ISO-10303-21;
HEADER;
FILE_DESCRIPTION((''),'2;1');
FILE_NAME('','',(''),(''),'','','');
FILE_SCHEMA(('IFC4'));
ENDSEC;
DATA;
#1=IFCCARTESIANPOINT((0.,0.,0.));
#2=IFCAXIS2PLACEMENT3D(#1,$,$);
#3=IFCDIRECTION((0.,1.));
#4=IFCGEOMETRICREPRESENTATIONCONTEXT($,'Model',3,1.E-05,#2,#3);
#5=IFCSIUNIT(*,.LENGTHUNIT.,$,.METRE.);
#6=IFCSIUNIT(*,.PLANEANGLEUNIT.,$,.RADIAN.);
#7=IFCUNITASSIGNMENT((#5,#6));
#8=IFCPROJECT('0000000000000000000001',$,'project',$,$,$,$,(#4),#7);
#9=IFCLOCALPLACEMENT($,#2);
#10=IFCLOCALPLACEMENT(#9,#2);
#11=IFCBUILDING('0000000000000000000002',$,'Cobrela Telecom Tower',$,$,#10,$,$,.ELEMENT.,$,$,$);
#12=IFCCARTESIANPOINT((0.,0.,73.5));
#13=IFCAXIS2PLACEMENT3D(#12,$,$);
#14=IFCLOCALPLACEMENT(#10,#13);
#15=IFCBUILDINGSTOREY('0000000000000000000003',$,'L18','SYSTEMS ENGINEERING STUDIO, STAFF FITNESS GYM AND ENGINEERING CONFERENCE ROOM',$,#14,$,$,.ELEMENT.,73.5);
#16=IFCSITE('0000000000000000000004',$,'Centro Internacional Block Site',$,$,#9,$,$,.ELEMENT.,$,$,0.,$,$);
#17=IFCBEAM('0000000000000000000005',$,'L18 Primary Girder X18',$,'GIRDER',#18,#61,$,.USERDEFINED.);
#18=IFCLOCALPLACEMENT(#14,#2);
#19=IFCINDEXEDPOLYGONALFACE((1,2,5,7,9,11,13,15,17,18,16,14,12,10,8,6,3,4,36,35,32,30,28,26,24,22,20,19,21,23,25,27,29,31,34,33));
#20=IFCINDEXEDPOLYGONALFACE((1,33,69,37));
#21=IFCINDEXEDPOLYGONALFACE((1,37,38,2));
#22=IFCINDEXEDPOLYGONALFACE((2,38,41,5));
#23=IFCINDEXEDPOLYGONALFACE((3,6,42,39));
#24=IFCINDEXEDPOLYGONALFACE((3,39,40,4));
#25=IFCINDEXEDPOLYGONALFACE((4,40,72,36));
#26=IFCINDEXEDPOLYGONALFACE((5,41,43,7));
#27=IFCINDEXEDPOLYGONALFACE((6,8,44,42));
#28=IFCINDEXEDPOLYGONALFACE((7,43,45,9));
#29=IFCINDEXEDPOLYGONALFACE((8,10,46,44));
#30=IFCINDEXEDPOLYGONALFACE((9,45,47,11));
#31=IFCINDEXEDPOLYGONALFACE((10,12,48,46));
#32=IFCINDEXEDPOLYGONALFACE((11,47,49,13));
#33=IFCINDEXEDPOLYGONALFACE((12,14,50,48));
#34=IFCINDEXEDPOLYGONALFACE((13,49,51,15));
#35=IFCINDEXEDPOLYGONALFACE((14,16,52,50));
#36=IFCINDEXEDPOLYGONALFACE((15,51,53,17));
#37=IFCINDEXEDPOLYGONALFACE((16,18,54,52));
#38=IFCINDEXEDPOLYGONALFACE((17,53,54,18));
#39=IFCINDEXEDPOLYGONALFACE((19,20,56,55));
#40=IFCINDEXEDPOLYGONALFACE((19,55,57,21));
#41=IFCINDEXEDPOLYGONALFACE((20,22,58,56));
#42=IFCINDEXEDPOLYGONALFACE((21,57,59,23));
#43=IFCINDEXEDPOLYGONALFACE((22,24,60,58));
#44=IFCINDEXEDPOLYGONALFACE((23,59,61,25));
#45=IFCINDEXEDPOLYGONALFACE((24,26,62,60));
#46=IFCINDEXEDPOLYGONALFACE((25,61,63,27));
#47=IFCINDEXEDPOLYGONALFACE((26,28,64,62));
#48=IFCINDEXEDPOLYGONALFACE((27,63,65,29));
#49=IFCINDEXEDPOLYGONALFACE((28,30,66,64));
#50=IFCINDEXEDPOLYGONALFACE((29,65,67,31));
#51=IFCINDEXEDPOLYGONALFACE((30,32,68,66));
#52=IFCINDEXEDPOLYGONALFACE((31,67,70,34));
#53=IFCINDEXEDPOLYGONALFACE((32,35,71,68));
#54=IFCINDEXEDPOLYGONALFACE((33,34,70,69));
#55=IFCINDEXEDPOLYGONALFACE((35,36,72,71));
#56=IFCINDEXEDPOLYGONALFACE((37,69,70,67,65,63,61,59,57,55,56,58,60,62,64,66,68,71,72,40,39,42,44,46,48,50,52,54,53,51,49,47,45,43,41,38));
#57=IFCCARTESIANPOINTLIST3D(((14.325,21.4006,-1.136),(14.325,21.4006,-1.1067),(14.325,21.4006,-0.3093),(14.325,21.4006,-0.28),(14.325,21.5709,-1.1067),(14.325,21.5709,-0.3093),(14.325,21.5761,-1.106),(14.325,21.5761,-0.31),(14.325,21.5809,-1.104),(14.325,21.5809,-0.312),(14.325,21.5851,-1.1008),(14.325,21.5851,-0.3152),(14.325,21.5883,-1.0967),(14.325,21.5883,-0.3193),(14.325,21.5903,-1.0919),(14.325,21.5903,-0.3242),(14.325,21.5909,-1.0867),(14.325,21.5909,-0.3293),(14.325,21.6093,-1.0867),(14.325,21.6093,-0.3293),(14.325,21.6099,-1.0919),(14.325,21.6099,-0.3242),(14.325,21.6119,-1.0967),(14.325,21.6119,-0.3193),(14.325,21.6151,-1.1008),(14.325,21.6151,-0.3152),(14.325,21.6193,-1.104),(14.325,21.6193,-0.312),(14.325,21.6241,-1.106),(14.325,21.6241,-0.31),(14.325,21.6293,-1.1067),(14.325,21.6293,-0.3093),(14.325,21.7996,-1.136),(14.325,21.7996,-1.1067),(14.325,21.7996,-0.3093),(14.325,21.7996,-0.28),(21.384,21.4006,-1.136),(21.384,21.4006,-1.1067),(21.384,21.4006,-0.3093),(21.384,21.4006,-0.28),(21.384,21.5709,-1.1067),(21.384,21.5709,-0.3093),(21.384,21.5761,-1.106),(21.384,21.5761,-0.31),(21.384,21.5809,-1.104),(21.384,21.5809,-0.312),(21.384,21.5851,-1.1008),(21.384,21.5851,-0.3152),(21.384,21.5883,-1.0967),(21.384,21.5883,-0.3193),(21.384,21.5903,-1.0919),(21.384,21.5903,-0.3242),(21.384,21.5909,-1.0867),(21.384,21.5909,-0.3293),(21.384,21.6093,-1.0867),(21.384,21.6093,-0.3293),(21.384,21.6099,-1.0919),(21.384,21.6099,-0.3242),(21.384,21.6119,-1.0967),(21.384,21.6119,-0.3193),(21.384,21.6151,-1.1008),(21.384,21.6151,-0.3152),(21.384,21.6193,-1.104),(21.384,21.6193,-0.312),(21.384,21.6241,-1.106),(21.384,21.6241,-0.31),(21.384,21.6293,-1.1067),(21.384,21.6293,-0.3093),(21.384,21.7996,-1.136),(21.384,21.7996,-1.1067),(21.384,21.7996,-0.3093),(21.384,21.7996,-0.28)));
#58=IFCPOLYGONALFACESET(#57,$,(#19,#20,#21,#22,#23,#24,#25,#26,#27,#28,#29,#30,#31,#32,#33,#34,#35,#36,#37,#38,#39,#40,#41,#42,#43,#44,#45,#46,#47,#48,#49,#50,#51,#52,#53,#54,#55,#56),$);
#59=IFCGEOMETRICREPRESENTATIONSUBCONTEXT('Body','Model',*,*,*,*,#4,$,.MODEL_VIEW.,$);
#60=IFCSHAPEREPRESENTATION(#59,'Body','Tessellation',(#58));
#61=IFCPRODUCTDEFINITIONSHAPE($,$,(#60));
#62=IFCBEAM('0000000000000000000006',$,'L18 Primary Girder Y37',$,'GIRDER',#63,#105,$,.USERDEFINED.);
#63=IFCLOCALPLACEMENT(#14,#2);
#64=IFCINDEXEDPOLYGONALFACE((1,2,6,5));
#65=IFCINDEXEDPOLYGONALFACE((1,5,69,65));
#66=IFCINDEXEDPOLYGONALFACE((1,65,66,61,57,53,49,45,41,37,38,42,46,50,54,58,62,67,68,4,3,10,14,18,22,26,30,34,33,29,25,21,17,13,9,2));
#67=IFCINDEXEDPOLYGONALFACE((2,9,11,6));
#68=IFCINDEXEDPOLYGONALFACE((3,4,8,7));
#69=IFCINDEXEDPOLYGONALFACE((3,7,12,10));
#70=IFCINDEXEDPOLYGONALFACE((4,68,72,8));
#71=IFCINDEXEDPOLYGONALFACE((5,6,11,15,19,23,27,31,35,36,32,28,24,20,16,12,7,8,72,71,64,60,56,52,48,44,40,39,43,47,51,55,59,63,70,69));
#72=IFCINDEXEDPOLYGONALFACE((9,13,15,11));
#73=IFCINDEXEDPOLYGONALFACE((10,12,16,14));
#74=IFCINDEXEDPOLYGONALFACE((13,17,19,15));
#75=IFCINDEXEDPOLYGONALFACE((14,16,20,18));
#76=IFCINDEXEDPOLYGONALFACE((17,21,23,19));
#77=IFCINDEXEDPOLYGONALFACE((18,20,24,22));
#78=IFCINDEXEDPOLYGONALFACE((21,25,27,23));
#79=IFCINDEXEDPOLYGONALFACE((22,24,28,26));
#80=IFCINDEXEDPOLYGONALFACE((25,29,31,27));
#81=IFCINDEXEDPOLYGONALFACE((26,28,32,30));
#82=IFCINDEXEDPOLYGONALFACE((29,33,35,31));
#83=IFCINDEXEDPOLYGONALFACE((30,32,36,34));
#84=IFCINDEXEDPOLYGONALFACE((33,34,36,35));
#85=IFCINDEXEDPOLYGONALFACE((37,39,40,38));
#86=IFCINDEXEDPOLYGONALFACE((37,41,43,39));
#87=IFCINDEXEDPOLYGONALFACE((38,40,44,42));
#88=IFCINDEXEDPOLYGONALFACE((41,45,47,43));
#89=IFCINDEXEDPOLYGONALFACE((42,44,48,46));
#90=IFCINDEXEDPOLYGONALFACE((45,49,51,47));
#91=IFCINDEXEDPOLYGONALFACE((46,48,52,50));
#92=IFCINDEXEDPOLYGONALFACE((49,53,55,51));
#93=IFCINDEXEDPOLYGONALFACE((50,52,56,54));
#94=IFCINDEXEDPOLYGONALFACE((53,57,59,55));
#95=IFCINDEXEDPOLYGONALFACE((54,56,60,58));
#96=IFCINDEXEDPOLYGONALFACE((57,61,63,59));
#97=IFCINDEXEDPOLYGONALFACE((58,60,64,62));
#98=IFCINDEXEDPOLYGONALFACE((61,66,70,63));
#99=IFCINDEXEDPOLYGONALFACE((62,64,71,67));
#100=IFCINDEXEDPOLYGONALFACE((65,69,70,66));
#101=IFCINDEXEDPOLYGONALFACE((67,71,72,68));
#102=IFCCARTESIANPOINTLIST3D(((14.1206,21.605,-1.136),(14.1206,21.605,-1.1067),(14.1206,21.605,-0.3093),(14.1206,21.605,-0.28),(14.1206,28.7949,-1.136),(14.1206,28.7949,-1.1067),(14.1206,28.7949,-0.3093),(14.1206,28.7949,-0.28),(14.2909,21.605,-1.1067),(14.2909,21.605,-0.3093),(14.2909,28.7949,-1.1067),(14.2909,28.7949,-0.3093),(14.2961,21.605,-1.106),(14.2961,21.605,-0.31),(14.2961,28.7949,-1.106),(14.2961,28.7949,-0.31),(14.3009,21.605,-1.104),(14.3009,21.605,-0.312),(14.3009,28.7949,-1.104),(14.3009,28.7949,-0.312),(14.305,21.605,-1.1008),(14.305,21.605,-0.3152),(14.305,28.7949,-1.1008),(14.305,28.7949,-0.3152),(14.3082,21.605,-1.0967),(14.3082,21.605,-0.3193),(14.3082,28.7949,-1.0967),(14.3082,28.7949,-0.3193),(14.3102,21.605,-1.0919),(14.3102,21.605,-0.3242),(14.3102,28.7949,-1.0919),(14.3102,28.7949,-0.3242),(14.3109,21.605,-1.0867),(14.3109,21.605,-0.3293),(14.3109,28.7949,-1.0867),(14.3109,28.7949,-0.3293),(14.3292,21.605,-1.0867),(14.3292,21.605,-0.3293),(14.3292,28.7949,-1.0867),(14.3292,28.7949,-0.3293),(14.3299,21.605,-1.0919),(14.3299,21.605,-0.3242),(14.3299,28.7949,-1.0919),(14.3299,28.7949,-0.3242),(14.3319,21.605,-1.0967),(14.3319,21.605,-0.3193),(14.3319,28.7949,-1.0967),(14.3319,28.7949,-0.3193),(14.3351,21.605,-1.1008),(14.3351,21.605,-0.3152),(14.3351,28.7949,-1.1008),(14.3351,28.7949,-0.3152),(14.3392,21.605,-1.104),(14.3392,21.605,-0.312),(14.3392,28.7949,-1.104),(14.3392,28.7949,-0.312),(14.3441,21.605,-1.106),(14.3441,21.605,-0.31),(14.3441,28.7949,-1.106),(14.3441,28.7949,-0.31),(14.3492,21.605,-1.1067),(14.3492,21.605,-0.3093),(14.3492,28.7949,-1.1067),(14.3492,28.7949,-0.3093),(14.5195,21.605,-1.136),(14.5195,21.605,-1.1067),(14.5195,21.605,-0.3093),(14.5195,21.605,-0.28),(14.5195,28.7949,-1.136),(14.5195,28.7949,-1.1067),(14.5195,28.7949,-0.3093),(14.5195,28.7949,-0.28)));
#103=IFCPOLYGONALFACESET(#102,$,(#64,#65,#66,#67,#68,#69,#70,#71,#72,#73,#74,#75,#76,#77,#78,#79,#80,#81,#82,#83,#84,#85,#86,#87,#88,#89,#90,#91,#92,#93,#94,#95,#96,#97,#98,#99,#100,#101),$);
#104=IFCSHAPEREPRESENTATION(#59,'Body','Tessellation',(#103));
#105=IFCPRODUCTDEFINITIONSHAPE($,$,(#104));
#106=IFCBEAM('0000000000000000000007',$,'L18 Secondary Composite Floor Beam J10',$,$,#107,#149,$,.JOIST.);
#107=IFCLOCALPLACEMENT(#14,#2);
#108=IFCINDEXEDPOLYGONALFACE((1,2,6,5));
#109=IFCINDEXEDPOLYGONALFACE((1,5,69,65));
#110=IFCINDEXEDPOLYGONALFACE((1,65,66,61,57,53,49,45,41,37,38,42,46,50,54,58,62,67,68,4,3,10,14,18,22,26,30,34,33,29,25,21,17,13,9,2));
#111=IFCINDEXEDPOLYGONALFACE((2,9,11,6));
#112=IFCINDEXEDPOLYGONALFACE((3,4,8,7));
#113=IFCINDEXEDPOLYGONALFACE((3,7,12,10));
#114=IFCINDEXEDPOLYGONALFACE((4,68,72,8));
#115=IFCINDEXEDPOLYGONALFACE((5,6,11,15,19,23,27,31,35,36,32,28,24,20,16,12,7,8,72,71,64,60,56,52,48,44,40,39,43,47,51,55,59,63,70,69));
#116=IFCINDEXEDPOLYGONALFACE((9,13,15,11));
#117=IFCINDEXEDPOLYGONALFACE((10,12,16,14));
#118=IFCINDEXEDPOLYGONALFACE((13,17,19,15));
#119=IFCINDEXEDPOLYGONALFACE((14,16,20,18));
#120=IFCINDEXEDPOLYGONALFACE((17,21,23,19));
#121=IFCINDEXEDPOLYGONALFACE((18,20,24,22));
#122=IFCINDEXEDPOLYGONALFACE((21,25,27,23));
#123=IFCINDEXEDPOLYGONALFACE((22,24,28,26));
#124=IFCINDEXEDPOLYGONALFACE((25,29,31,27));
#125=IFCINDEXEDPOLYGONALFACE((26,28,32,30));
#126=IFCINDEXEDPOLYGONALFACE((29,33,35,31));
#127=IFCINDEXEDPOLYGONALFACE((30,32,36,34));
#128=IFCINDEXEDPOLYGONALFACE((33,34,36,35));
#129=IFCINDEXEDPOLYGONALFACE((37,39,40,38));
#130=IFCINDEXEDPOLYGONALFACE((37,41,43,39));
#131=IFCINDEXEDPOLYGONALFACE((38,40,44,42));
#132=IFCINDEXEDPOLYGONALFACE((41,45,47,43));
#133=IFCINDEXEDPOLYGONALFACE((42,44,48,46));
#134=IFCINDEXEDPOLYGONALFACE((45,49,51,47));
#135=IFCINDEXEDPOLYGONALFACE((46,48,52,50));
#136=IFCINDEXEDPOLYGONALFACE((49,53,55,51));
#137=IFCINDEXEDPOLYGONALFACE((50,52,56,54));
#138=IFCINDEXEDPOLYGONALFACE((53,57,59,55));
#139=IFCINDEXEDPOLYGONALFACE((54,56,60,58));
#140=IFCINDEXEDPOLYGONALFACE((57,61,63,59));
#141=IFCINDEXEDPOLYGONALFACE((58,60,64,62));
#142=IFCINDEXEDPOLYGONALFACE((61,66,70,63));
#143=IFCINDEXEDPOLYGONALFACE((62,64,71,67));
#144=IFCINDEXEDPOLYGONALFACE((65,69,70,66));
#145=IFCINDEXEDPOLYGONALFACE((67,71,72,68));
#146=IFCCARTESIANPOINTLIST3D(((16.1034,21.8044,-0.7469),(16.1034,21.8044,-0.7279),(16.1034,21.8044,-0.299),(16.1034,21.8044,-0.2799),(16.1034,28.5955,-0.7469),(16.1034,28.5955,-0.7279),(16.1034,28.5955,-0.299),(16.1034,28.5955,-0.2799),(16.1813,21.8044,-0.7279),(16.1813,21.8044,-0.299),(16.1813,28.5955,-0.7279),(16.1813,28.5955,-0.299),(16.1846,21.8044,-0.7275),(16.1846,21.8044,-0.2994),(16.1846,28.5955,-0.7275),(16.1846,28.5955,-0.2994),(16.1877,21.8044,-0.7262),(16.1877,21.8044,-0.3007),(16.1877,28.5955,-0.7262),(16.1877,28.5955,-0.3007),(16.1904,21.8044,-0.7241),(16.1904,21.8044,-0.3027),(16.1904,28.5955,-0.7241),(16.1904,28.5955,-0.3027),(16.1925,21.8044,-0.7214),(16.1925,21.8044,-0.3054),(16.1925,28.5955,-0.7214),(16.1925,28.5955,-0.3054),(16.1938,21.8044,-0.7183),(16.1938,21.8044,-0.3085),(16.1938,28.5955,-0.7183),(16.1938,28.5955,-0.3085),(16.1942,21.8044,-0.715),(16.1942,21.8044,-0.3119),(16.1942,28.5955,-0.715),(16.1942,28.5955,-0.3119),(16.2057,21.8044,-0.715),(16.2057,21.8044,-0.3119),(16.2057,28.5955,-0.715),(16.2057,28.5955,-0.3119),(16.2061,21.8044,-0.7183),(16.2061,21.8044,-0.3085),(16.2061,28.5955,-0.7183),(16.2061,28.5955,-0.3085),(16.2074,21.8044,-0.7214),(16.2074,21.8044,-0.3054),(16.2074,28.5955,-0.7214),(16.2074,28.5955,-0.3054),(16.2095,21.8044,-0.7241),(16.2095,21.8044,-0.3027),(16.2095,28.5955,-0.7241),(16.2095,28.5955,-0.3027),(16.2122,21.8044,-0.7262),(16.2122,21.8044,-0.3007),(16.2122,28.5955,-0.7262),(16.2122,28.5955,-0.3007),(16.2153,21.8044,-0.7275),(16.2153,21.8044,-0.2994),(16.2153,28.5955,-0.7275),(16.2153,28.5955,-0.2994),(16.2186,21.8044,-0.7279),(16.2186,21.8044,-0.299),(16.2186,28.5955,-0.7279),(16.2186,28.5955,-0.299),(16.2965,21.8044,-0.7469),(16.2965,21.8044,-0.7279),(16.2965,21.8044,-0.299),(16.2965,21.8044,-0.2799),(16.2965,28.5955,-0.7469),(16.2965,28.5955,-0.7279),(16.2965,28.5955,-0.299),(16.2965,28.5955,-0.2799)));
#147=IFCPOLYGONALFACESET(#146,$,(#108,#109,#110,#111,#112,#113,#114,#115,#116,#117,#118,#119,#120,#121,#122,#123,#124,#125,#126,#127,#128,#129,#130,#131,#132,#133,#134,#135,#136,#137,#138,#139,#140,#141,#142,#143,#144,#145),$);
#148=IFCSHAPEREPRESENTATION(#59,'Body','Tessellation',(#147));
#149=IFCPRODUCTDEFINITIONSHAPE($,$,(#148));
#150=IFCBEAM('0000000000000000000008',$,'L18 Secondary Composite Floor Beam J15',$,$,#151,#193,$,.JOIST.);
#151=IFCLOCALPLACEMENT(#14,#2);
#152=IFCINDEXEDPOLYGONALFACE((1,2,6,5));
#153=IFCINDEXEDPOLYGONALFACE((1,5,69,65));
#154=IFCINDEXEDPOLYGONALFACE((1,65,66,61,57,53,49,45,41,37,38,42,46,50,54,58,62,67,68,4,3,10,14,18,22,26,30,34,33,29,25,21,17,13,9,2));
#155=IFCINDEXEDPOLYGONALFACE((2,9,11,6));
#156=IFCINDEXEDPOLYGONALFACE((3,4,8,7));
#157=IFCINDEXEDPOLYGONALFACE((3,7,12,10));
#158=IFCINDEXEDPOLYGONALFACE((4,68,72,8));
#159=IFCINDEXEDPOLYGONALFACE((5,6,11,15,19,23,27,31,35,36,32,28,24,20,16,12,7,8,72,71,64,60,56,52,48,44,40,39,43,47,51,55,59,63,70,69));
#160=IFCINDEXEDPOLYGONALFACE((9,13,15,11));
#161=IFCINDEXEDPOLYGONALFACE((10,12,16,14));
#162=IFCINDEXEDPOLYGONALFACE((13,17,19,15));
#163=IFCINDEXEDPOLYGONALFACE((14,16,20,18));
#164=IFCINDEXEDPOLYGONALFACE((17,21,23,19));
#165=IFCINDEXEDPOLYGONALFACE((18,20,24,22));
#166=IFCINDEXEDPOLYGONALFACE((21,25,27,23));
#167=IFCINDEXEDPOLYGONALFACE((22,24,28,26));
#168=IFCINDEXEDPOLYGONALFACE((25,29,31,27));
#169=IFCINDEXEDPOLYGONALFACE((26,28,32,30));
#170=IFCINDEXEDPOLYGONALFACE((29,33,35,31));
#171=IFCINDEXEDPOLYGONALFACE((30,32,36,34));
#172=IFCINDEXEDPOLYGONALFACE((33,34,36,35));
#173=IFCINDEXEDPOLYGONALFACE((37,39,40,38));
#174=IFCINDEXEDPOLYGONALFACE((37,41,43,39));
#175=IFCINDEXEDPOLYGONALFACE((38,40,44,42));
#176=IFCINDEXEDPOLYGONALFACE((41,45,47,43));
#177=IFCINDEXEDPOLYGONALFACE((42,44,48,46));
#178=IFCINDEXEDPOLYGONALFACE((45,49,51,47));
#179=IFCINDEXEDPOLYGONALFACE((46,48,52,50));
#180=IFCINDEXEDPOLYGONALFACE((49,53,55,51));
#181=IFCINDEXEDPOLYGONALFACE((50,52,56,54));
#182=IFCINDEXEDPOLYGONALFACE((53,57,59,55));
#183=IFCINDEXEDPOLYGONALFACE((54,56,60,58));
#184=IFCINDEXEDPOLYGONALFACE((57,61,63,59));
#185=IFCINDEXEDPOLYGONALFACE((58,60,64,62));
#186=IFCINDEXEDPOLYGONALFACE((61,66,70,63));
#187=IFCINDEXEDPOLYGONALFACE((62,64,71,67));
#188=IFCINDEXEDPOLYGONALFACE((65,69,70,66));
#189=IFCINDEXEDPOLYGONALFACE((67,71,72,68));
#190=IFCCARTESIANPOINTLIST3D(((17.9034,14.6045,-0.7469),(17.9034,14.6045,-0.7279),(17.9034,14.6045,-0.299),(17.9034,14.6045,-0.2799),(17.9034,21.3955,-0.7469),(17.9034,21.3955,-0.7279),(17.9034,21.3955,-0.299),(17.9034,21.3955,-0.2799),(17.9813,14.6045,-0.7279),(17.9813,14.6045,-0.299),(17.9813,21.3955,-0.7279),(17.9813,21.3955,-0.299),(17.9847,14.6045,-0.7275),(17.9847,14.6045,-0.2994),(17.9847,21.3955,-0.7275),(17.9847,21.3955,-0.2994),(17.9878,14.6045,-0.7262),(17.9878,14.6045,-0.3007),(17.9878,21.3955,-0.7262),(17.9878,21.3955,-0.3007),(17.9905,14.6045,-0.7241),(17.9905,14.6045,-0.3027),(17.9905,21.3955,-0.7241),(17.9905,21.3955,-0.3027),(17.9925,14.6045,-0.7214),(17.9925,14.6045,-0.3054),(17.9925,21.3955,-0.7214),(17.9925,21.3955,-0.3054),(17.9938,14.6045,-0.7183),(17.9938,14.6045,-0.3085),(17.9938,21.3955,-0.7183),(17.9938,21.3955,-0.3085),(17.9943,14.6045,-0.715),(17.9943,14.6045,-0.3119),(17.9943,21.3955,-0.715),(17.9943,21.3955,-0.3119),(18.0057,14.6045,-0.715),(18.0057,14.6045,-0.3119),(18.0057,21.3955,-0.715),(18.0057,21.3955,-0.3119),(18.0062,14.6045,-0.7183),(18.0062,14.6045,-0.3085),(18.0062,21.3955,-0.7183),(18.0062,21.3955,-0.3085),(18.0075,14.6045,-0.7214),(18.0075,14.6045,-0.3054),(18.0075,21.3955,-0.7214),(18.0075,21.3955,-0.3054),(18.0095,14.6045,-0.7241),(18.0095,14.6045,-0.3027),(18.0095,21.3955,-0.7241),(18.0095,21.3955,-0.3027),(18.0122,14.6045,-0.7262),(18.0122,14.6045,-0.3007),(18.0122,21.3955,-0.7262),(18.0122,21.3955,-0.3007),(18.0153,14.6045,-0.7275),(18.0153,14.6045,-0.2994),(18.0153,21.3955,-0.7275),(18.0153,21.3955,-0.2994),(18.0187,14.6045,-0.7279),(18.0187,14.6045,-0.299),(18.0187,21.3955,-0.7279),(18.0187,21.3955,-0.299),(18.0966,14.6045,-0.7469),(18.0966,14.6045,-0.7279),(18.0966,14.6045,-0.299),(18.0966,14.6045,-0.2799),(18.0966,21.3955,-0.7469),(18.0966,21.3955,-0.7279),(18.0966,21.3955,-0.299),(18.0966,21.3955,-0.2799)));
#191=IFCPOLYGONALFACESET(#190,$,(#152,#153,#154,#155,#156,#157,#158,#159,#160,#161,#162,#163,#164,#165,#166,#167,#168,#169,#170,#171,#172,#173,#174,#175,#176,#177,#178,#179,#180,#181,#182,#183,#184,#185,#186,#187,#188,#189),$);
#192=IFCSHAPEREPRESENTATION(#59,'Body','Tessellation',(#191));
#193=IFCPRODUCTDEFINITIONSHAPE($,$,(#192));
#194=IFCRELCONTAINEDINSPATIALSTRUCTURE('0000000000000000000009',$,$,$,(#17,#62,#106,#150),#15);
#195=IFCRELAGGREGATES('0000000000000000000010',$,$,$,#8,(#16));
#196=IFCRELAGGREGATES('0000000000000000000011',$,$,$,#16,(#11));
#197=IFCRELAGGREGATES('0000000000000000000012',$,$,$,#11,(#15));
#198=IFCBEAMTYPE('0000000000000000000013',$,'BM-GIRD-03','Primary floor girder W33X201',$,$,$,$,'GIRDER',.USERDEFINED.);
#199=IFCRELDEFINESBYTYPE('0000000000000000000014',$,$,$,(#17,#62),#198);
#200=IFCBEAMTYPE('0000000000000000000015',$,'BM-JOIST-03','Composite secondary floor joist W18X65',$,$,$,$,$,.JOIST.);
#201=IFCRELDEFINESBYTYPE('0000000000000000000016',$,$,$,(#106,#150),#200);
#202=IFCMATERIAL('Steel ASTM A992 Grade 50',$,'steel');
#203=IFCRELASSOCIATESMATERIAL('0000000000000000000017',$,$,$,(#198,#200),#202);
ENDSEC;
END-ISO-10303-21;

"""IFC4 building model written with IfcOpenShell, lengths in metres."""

from ifc_helpers import new_model, si_unit, direction, frame, origin, origin_2d, place, context, subcontext, project, spatial, i_section, extrude, material, material_profile, profile_set, type_object, element, save


model = new_model("IFC4")

# Units and contexts
model_context = context("Model", 3, precision=1e-05, world=origin(), true_north=direction((0.0, 1.0)))
body_context = subcontext(model_context, "Body", "Model", "MODEL_VIEW")
ifc_project = project(units=[si_unit("LENGTHUNIT", "METRE"), si_unit("PLANEANGLEUNIT", "RADIAN")], contexts=[model_context])

# Site, building, storey
site_placement = place(None, origin())
site = spatial("IfcSite", under=ifc_project, at=site_placement, Name="Centro Internacional Block Site", CompositionType="ELEMENT", RefElevation=0.0)
building_placement = place(site_placement, origin())
building = spatial("IfcBuilding", under=site, at=building_placement, Name="Cobrela Telecom Tower", CompositionType="ELEMENT")
storey_placement = place(building_placement, frame((0.0, 0.0, 73.5)))
storey = spatial("IfcBuildingStorey", under=building, at=storey_placement, Name="L18", Description="SYSTEMS ENGINEERING STUDIO, STAFF FITNESS GYM AND ENGINEERING CONFERENCE ROOM", CompositionType="ELEMENT", Elevation=73.5)

# Beams
ifc_material_1 = material(Name="Steel ASTM A992 Grade 50", Category="steel")
ifc_material_profile_1 = material_profile(ifc_material_1, i_section(OverallWidth=0.3989, OverallDepth=0.856, WebThickness=0.0183, FlangeThickness=0.0293, FilletRadius=0.02, at=origin_2d()), Name="W33X201")
ifc_profile_set_1 = profile_set([ifc_material_profile_1], Name="Steel ASTM A992 Grade 50")
beam_type_1 = type_object("IfcBeamType", Name="BM-GIRD-03", Description="Primary floor girder W33X201", ElementType="GIRDER", PredefinedType="USERDEFINED", material=ifc_profile_set_1)
beam_1_placement = place(storey_placement, frame((14.325, 21.6001, -0.708), z_axis=(1.0, 0.0, 0.0), x_axis=(0.0, 1.0, 0.0)))
element("IfcBeam", 1, at=beam_1_placement, inside=storey, type_object=beam_type_1, Name="L18 Primary Girder X18", ObjectType="GIRDER", PredefinedType="USERDEFINED", context=body_context, shape_type="SweptSolid", body=[
    extrude(i_section(OverallWidth=0.3989, OverallDepth=0.856, WebThickness=0.0183, FlangeThickness=0.0293, FilletRadius=0.02, at=origin_2d()), origin(), (0.0, 0.0, 1.0), 7.0591),
])
beam_2_placement = place(storey_placement, frame((14.3201, 21.605, -0.708), z_axis=(0.0, 1.0, 0.0), x_axis=(-1.0, 0.0, 0.0)))
element("IfcBeam", 2, at=beam_2_placement, inside=storey, type_object=beam_type_1, Name="L18 Primary Girder Y37", ObjectType="GIRDER", PredefinedType="USERDEFINED", context=body_context, shape_type="SweptSolid", body=[
    extrude(i_section(OverallWidth=0.3989, OverallDepth=0.856, WebThickness=0.0183, FlangeThickness=0.0293, FilletRadius=0.02, at=origin_2d()), origin(), (0.0, 0.0, 1.0), 7.1899),
])
ifc_material_profile_2 = material_profile(ifc_material_1, i_section(OverallWidth=0.1931, OverallDepth=0.467, WebThickness=0.0115, FlangeThickness=0.019, FilletRadius=0.0129, at=origin_2d()), Name="W18X65")
ifc_profile_set_2 = profile_set([ifc_material_profile_2], Name="Steel ASTM A992 Grade 50")
beam_type_2 = type_object("IfcBeamType", Name="BM-JOIST-03", Description="Composite secondary floor joist W18X65", PredefinedType="JOIST", material=ifc_profile_set_2)
for number, where, z_axis, x_axis, name in (
    (3, (16.2, 21.8044, -0.5134), (0.0, 1.0, 0.0), (-1.0, 0.0, 0.0), "L18 Secondary Composite Floor Beam J10"),
    (4, (18.0, 14.6045, -0.5134), (0.0, 1.0, 0.0), (-1.0, 0.0, 0.0), "L18 Secondary Composite Floor Beam J15"),
):
    element("IfcBeam", number, at=place(storey_placement, frame(where, z_axis=z_axis, x_axis=x_axis)), inside=storey, type_object=beam_type_2, Name=name, PredefinedType="JOIST", context=body_context, shape_type="SweptSolid", body=[
        extrude(i_section(OverallWidth=0.1931, OverallDepth=0.467, WebThickness=0.0115, FlangeThickness=0.019, FilletRadius=0.0129, at=origin_2d()), origin(), (0.0, 0.0, 1.0), 6.791),
    ])

save(model, "model.ifc")
